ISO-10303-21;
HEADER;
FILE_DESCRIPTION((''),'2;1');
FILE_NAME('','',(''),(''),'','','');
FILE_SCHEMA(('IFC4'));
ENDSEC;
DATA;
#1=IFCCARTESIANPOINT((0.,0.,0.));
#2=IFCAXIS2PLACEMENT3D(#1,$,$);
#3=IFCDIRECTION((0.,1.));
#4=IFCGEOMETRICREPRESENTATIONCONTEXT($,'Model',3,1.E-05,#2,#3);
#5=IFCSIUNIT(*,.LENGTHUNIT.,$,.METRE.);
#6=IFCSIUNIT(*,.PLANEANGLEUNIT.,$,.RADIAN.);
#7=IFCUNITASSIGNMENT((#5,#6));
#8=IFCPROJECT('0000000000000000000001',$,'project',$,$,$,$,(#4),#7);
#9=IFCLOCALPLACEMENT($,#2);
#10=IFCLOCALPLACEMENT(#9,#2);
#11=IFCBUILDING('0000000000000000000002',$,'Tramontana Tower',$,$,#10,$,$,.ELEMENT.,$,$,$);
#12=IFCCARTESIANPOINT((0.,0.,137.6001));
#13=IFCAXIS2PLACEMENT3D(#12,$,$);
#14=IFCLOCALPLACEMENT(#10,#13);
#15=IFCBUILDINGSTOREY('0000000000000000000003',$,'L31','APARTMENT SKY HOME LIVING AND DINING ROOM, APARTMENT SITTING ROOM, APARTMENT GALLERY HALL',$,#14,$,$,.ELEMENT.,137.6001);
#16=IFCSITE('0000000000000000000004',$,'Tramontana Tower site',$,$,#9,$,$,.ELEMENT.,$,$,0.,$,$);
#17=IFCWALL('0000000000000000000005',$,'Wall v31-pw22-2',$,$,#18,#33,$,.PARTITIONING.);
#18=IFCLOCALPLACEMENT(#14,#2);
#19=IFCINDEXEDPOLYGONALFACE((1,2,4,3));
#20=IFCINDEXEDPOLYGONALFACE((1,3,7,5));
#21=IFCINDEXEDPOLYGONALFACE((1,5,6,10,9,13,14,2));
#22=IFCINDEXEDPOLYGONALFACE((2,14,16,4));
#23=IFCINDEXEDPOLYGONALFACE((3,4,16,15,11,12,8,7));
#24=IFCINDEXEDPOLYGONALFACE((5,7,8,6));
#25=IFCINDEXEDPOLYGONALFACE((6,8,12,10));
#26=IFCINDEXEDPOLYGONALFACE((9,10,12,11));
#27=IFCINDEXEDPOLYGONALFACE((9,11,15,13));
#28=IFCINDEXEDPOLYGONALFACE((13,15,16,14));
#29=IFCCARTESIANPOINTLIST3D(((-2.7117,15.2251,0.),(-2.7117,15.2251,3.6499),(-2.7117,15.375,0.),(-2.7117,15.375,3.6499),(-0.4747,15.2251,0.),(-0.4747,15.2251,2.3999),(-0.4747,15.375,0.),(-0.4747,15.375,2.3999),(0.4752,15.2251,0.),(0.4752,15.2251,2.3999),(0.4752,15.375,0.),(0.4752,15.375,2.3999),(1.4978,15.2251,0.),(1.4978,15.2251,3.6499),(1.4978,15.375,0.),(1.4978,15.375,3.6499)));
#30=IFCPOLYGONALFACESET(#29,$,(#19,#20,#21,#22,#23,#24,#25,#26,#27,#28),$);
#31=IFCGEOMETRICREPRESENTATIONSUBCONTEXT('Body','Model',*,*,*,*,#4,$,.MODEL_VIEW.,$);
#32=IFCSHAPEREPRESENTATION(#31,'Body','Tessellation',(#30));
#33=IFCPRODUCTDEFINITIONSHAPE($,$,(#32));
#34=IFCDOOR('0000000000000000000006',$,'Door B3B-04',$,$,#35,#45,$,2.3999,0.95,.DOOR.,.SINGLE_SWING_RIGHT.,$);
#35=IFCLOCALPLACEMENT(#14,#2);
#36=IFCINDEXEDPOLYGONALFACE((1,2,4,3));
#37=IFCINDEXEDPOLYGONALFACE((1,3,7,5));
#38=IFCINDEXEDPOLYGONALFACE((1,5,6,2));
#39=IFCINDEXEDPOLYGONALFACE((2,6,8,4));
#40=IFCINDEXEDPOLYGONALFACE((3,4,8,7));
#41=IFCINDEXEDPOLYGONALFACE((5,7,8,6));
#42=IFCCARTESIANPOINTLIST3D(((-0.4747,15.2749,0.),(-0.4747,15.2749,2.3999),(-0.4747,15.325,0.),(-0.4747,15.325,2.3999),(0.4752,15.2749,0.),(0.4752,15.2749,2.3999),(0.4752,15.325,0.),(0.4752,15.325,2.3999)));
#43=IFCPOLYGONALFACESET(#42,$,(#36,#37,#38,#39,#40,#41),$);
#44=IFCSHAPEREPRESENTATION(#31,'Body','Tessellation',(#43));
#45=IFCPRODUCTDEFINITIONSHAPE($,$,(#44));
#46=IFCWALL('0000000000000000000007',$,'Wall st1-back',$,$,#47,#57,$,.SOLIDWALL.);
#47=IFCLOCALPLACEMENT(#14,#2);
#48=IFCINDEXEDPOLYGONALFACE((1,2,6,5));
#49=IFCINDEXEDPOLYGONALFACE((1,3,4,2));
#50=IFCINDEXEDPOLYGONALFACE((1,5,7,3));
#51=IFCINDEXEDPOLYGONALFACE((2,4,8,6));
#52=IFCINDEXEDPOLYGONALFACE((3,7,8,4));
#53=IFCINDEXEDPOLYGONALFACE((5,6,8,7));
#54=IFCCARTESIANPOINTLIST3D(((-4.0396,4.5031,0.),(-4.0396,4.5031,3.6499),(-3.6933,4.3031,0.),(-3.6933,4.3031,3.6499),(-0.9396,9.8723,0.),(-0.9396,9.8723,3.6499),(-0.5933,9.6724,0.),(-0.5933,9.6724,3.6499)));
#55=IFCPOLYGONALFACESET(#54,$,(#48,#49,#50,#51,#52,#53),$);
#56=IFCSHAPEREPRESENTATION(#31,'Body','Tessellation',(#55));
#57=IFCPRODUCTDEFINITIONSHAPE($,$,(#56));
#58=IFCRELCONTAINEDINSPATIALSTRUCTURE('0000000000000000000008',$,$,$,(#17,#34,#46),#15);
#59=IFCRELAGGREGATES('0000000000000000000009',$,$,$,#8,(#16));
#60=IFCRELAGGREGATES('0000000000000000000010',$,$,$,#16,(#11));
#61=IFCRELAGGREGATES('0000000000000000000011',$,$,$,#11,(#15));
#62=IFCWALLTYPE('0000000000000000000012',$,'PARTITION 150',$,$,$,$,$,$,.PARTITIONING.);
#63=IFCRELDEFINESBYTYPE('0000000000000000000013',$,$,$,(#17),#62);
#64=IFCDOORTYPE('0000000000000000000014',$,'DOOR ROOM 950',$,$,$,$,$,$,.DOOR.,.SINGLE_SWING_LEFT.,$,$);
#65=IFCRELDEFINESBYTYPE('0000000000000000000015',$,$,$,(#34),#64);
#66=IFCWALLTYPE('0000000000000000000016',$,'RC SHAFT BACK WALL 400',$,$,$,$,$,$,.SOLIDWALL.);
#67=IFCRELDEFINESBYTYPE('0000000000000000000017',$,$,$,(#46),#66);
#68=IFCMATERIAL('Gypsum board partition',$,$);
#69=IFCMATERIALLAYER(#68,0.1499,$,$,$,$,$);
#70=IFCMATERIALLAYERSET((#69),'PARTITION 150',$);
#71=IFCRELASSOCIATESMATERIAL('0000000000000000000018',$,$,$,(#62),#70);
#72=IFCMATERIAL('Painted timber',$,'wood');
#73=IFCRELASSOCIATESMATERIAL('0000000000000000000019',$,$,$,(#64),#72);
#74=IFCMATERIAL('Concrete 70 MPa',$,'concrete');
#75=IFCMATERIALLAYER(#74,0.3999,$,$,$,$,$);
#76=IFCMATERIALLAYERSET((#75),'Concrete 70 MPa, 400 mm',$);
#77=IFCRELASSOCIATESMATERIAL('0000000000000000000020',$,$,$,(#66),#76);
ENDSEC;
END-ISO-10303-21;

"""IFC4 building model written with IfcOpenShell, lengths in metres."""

from ifc_helpers import new_model, si_unit, direction, frame, frame_2d, origin, place, context, subcontext, project, spatial, rectangle, extrude, material, layer, layer_set, type_object, element, fill, save


model = new_model("IFC4")

# Units and contexts
model_context = context("Model", 3, precision=1e-05, world=origin(), true_north=direction((0.0, 1.0)))
body_context = subcontext(model_context, "Body", "Model", "MODEL_VIEW")
ifc_project = project(units=[si_unit("LENGTHUNIT", "METRE"), si_unit("PLANEANGLEUNIT", "RADIAN")], contexts=[model_context])

# Site, building, storey
site_placement = place(None, origin())
site = spatial("IfcSite", under=ifc_project, at=site_placement, Name="Tramontana Tower site", CompositionType="ELEMENT", RefElevation=0.0)
building_placement = place(site_placement, origin())
building = spatial("IfcBuilding", under=site, at=building_placement, Name="Tramontana Tower", CompositionType="ELEMENT")
storey_placement = place(building_placement, frame((0.0, 0.0, 137.6001)))
storey = spatial("IfcBuildingStorey", under=building, at=storey_placement, Name="L31", Description="APARTMENT SKY HOME LIVING AND DINING ROOM, APARTMENT SITTING ROOM, APARTMENT GALLERY HALL", CompositionType="ELEMENT", Elevation=137.6001)

# Shared definitions
ifc_material_1 = material(Name="Gypsum board partition")
ifc_layer_1 = layer(ifc_material_1, 0.1499)
ifc_layer_set_1 = layer_set([ifc_layer_1], Name="PARTITION 150")
wall_type_1 = type_object("IfcWallType", Name="PARTITION 150", PredefinedType="PARTITIONING", material=ifc_layer_set_1)

# Shared definitions
ifc_material_2 = material(Name="Painted timber", Category="wood")
door_type_1 = type_object("IfcDoorType", Name="DOOR ROOM 950", OperationType="SINGLE_SWING_LEFT", PredefinedType="DOOR", material=ifc_material_2)

# Wall, opening, door
wall_1_placement = place(storey_placement, frame((-2.7117, 15.3, 0.0), z_axis=(0.0, 0.0, 1.0), x_axis=(1.0, 0.0, 0.0)))
wall_1 = element("IfcWall", 1, at=wall_1_placement, inside=storey, type_object=wall_type_1, Name="Wall v31-pw22-2", PredefinedType="PARTITIONING", context=body_context, shape_type="SweptSolid", body=[
    extrude(rectangle(XDim=4.2095, YDim=0.1499, at=frame_2d((2.1047, 0.0))), origin(), (0.0, 0.0, 1.0), 3.6499),
])
opening_1_placement = place(wall_1_placement, frame((2.2368, 0.0, 0.0)))
opening_1 = element("IfcOpeningElement", 2, at=opening_1_placement, cuts=wall_1, PredefinedType="OPENING", context=body_context, shape_type="SweptSolid", body=[
    extrude(rectangle(XDim=0.95, YDim=2.3999, at=frame_2d((0.4751, 1.2))), frame((0.0, 0.085, 0.0), z_axis=(0.0, -1.0, 0.0), x_axis=(1.0, 0.0, 0.0)), (0.0, 0.0, 1.0), 0.1699),
])
door_1_placement = place(opening_1_placement, origin())
door_1 = element("IfcDoor", 3, at=door_1_placement, inside=storey, type_object=door_type_1, Name="Door B3B-04", OperationType="SINGLE_SWING_RIGHT", OverallHeight=2.3999, OverallWidth=0.95, PredefinedType="DOOR", context=body_context, shape_type="SweptSolid", body=[
    extrude(rectangle(XDim=0.95, YDim=2.3999, at=frame_2d((0.4751, 1.2))), frame((0.0, 0.0249, 0.0), z_axis=(0.0, -1.0, 0.0), x_axis=(1.0, 0.0, 0.0)), (0.0, 0.0, 1.0), 0.05),
])
fill(opening_1, door_1)

# Wall
ifc_material_3 = material(Name="Concrete 70 MPa", Category="concrete")
ifc_layer_2 = layer(ifc_material_3, 0.3999)
ifc_layer_set_2 = layer_set([ifc_layer_2], Name="Concrete 70 MPa, 400 mm")
wall_type_2 = type_object("IfcWallType", Name="RC SHAFT BACK WALL 400", PredefinedType="SOLIDWALL", material=ifc_layer_set_2)
wall_2_placement = place(storey_placement, frame((-0.7664, 9.7725, 0.0), z_axis=(0.0, 0.0, 1.0), x_axis=(-0.50001, -0.86602, 0.0)))
element("IfcWall", 4, at=wall_2_placement, inside=storey, type_object=wall_type_2, Name="Wall st1-back", PredefinedType="SOLIDWALL", context=body_context, shape_type="SweptSolid", body=[
    extrude(rectangle(XDim=6.2, YDim=0.3999, at=frame_2d((3.1001, 0.0))), origin(), (0.0, 0.0, 1.0), 3.6499),
])

save(model, "model.ifc")
